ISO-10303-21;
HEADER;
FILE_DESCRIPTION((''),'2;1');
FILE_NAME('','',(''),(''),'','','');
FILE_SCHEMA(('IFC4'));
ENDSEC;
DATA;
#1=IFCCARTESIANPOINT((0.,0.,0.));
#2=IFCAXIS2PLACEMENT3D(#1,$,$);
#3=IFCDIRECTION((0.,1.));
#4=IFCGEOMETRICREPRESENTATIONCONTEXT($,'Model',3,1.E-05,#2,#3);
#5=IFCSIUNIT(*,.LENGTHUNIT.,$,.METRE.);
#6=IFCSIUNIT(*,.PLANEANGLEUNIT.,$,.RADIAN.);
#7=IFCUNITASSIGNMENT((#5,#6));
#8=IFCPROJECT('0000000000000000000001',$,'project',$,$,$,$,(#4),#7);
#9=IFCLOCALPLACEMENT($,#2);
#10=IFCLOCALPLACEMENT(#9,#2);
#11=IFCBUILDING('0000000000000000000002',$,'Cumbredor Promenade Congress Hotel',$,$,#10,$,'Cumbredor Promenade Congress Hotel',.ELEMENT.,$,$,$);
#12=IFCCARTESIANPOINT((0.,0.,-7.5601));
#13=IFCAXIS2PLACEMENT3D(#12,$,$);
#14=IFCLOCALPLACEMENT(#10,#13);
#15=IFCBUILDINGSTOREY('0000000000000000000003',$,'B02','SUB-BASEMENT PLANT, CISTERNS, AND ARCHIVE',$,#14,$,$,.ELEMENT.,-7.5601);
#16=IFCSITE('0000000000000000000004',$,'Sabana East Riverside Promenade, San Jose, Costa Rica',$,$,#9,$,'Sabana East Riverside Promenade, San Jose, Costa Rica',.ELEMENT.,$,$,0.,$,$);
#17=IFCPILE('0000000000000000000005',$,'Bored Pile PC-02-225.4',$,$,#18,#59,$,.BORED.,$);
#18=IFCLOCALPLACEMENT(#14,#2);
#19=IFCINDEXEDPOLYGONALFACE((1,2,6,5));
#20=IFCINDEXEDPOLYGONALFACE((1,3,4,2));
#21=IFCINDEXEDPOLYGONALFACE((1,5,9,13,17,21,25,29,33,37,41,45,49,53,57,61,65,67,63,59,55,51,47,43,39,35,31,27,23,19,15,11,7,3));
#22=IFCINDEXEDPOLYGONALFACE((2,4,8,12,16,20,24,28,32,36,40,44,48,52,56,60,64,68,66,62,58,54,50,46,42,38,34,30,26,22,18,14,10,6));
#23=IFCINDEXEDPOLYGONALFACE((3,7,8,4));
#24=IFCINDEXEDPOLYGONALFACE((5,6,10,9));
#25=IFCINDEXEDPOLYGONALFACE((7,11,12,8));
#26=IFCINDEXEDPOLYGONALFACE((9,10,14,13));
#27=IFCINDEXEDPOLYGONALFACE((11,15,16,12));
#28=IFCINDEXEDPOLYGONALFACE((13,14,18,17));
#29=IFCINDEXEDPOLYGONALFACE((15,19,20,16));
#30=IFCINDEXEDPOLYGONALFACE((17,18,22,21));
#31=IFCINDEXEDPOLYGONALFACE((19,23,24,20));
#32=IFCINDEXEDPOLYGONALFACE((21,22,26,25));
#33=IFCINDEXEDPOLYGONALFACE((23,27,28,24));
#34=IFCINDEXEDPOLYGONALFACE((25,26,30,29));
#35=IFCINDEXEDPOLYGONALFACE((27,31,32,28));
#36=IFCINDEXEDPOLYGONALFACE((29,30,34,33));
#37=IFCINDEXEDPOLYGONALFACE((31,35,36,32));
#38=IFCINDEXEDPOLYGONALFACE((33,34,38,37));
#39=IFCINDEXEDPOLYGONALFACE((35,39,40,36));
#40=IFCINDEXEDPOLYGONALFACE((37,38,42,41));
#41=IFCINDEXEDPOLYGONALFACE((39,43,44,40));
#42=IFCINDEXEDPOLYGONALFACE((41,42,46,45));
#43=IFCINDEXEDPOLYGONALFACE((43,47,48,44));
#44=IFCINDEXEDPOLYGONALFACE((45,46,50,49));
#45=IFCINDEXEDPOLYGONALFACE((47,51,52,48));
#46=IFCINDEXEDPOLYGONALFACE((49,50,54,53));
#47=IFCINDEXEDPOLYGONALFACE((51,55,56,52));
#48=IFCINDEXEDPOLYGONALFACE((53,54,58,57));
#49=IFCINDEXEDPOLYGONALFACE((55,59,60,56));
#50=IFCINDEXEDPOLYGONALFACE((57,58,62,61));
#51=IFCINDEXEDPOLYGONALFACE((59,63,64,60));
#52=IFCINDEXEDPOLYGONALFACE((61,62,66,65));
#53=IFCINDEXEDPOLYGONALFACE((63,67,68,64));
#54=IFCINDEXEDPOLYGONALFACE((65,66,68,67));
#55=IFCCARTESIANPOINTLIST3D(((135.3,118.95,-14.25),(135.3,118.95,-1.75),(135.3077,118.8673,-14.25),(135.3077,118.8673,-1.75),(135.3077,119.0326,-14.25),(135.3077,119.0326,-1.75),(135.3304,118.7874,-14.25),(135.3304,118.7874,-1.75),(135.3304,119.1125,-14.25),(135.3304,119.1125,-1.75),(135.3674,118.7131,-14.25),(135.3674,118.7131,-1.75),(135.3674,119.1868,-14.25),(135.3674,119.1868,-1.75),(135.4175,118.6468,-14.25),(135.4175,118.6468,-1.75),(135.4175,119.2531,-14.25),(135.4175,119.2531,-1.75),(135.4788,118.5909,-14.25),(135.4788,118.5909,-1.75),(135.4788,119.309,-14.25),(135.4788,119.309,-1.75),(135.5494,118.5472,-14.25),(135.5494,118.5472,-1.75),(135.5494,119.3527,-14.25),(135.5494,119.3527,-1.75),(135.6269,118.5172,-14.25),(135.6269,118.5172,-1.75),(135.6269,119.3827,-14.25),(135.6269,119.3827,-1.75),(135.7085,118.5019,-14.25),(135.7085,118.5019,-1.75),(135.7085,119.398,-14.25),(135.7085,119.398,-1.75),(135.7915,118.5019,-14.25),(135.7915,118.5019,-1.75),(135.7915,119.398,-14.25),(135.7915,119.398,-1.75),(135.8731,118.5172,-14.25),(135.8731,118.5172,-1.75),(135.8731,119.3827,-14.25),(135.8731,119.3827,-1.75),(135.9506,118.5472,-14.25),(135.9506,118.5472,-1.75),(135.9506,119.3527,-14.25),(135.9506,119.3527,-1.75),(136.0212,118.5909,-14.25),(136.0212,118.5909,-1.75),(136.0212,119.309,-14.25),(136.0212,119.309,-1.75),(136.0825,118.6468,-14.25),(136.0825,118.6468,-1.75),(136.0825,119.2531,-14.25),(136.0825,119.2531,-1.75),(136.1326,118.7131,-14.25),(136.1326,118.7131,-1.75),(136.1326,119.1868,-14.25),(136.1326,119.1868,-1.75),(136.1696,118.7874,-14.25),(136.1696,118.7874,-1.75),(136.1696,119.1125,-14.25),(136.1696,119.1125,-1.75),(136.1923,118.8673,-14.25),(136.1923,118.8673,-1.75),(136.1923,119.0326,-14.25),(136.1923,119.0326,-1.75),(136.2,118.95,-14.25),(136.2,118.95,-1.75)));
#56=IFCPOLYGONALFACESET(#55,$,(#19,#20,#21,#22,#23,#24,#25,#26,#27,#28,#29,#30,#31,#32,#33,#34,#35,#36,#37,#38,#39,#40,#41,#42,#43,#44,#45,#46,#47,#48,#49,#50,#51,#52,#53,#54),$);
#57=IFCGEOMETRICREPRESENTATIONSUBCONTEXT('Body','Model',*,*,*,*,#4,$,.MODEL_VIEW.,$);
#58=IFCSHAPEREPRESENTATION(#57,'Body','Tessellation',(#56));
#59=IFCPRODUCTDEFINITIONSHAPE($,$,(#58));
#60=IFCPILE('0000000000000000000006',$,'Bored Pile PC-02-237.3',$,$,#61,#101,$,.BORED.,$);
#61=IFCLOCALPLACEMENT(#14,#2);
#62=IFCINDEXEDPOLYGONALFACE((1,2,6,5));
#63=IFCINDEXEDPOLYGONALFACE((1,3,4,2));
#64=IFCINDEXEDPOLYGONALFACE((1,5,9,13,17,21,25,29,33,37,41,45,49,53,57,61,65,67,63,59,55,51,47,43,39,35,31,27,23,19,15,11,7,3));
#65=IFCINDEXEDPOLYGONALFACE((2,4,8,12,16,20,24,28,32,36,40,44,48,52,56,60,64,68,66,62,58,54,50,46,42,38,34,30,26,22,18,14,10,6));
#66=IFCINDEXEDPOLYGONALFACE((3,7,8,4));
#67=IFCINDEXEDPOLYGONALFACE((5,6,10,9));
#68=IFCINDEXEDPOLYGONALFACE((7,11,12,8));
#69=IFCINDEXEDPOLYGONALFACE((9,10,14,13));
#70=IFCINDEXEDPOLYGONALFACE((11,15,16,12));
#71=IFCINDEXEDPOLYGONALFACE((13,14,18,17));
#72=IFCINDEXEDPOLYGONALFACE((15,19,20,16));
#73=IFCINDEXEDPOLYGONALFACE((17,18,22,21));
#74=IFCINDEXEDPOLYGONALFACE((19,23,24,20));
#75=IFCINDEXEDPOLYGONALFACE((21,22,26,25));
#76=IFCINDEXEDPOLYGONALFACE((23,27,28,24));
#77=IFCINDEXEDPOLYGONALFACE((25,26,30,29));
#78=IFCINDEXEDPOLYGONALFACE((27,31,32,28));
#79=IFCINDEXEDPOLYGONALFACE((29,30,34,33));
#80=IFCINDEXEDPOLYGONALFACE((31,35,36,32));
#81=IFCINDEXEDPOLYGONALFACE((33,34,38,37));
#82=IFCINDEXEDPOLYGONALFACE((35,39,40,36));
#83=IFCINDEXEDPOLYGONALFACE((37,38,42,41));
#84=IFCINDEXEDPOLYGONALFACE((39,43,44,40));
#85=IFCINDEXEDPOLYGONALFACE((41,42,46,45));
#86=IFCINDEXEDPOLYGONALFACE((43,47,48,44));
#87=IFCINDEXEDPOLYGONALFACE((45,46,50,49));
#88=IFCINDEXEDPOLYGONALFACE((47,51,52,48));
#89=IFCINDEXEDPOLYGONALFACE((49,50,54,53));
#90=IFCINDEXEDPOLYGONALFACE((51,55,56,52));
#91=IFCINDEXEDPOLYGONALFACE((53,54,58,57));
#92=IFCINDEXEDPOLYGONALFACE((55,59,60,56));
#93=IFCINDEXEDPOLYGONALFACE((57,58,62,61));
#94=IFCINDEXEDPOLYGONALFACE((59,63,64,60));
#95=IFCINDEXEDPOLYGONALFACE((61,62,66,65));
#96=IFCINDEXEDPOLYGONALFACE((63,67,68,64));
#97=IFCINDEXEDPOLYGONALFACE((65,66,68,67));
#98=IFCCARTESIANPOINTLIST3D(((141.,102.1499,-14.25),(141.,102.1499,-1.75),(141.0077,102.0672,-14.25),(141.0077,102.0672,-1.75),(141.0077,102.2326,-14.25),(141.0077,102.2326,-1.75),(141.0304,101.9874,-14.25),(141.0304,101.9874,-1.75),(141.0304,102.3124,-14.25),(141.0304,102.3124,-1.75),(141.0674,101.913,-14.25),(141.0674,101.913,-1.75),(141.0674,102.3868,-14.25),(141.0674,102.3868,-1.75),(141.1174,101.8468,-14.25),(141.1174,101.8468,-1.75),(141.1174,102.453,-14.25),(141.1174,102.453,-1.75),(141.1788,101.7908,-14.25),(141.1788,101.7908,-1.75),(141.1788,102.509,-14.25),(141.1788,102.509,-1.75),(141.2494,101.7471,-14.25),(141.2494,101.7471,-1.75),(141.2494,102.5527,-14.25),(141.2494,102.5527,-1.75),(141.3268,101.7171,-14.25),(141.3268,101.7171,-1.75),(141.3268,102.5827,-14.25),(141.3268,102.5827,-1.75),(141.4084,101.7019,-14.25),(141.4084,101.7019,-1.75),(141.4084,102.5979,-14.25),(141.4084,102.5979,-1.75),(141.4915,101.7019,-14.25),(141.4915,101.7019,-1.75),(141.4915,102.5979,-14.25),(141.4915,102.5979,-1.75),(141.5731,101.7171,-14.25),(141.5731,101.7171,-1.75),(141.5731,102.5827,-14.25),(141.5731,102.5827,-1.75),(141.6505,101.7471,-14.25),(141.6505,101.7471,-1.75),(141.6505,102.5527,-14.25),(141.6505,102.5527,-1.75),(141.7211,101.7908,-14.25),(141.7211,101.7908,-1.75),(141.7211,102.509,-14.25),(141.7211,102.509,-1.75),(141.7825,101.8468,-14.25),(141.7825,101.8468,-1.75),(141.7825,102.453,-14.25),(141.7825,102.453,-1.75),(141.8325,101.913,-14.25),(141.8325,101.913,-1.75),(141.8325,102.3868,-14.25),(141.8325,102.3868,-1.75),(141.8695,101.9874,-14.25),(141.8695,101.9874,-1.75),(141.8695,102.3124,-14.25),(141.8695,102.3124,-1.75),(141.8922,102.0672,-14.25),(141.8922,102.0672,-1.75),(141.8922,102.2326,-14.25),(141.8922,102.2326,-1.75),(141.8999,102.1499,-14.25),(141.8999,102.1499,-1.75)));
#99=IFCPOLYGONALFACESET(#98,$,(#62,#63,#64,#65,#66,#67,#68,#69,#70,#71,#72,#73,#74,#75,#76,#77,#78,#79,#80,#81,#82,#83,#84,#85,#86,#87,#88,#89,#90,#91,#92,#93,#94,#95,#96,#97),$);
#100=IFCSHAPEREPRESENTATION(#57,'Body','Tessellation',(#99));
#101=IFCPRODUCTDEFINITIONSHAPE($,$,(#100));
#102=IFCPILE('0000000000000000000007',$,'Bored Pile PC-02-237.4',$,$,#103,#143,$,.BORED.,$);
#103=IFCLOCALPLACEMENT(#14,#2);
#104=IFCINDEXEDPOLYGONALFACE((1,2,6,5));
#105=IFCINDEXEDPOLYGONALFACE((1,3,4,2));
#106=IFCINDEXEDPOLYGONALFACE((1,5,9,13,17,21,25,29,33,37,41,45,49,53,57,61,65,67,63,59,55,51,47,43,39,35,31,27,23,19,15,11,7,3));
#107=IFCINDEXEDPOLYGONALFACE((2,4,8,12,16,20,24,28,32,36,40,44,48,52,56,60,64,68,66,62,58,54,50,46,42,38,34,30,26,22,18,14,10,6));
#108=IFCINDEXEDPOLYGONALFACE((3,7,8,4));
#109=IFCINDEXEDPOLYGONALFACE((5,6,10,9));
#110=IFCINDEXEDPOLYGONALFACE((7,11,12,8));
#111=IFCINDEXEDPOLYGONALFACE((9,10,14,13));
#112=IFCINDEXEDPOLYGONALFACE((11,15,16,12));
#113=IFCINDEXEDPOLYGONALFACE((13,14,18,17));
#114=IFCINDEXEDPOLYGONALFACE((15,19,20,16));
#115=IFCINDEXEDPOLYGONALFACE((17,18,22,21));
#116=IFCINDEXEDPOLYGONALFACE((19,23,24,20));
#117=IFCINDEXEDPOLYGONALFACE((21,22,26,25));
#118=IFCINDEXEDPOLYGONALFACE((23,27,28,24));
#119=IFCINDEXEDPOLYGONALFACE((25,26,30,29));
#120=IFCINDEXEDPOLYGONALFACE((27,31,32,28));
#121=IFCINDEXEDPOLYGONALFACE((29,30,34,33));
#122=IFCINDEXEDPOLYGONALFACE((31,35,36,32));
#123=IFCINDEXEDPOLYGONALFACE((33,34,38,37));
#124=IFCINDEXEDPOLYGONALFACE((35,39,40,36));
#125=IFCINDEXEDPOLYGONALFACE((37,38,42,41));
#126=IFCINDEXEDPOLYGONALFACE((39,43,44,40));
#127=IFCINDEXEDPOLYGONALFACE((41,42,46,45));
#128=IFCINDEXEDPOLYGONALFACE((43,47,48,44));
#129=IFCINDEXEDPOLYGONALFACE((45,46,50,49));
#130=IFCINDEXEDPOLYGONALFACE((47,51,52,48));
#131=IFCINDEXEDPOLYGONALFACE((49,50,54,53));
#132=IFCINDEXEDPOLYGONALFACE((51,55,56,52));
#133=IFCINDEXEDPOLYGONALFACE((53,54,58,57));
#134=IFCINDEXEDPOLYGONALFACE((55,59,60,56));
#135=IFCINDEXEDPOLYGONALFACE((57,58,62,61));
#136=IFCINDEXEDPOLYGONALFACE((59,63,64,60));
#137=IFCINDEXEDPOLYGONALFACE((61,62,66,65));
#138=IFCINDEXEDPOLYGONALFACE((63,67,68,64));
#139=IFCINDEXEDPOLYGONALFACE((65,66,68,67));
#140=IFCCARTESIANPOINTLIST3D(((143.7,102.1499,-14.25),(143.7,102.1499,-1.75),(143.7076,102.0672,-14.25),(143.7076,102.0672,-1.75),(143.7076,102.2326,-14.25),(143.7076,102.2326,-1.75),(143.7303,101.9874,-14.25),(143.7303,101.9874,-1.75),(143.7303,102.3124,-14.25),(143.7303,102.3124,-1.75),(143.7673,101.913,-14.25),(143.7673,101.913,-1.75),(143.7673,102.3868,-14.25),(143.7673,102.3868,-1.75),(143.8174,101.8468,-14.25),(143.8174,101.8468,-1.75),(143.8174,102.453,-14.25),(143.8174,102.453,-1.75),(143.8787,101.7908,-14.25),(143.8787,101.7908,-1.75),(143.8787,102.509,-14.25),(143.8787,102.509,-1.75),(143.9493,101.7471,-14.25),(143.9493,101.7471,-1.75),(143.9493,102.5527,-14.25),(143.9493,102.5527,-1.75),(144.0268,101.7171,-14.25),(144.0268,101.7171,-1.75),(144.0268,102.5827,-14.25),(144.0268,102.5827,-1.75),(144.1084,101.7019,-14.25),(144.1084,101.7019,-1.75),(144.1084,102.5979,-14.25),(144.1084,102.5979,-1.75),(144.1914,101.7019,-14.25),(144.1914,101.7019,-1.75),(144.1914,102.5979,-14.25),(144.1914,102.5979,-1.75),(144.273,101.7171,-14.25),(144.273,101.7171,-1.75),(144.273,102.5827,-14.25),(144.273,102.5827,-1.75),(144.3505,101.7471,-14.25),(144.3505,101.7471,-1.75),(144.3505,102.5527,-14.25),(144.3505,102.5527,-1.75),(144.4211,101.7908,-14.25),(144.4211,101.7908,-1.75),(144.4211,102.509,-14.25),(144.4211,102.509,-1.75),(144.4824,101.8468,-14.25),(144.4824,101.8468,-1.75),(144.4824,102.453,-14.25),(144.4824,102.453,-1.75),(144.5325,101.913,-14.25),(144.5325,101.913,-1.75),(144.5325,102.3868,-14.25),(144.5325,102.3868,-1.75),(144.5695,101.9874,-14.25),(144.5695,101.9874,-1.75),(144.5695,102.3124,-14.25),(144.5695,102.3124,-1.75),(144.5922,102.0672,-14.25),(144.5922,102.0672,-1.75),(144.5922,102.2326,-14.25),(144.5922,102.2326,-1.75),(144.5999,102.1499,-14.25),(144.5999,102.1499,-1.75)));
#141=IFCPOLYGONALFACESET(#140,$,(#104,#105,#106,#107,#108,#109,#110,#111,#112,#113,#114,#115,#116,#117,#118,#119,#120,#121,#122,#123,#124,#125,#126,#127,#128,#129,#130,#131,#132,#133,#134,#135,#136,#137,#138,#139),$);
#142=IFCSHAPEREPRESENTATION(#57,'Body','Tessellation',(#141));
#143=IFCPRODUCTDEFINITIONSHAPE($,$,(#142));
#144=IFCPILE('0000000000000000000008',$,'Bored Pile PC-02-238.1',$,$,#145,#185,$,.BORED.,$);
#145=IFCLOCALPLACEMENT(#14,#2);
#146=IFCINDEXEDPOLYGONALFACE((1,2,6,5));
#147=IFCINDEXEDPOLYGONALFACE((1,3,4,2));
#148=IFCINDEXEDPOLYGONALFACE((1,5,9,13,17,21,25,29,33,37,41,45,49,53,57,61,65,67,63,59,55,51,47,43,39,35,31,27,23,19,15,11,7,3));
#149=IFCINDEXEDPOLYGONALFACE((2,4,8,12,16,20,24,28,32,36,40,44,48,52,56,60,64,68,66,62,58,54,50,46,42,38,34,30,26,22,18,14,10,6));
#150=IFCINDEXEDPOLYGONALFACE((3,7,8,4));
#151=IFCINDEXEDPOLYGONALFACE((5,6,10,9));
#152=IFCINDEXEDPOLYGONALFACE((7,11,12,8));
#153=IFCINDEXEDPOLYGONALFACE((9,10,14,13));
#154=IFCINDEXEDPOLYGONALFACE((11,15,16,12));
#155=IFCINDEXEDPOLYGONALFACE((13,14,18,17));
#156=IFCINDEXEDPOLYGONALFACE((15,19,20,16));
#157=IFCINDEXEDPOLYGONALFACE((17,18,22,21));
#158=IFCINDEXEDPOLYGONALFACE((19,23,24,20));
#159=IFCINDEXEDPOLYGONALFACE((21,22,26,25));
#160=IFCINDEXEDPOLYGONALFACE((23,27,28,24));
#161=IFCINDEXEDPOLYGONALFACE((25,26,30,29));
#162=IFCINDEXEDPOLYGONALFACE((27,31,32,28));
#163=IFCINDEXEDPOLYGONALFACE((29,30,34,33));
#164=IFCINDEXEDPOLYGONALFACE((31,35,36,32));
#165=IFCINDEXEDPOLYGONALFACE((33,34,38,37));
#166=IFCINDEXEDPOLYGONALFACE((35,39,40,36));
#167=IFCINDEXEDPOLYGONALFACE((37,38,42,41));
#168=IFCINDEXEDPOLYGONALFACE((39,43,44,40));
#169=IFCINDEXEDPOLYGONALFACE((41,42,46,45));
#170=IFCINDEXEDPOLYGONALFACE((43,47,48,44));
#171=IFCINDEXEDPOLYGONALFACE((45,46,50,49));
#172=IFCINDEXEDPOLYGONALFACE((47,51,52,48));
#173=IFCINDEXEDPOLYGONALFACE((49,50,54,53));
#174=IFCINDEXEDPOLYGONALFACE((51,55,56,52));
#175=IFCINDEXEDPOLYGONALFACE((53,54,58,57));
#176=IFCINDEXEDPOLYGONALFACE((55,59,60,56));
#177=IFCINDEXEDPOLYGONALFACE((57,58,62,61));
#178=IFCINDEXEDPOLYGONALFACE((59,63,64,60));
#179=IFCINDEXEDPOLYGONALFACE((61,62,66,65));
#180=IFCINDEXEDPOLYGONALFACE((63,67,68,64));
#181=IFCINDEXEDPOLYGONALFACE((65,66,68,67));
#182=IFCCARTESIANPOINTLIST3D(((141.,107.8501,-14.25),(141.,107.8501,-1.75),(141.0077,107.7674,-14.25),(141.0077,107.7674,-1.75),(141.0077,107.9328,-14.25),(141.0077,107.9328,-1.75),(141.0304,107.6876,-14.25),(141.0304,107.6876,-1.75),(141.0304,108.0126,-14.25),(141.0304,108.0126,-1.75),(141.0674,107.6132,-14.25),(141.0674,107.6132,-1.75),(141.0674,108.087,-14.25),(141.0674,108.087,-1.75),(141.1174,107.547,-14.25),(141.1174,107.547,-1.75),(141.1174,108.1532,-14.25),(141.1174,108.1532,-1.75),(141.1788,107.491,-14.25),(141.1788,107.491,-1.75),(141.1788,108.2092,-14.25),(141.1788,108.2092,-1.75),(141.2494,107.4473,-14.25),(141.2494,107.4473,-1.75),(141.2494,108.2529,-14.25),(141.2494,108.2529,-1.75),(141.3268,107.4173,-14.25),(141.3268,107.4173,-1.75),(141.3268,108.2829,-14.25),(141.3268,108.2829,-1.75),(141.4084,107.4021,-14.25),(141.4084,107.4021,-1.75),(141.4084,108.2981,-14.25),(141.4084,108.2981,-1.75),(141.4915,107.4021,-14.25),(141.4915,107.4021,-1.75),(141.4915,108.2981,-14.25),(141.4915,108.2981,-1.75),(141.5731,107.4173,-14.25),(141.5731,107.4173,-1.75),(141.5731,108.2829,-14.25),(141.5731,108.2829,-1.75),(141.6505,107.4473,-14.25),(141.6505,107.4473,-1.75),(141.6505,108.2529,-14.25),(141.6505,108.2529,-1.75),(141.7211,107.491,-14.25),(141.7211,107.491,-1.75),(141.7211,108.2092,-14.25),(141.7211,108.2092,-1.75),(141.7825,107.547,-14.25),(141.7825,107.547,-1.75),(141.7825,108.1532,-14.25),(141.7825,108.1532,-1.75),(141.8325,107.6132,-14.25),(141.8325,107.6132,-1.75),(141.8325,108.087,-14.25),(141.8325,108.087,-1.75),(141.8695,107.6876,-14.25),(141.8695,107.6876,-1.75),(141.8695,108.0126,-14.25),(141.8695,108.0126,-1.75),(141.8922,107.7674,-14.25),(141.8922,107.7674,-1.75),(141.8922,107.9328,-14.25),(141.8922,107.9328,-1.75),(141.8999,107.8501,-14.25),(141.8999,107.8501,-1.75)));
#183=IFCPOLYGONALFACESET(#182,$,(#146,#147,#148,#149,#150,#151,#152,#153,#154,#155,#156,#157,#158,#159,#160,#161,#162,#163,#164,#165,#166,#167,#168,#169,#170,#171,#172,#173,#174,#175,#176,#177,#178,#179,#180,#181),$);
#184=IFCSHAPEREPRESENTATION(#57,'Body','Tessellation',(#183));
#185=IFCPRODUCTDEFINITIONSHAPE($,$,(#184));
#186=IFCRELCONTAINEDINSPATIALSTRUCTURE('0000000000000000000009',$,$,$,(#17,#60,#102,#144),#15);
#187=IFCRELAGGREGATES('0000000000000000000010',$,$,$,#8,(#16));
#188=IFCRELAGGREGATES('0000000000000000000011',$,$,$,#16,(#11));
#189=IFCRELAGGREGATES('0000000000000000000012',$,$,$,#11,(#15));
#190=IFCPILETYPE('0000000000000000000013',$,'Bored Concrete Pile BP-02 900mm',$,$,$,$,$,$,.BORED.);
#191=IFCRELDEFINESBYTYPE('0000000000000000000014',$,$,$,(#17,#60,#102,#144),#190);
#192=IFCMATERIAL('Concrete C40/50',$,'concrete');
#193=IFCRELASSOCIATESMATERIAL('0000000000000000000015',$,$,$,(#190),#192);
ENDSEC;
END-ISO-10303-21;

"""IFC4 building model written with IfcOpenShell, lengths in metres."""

from ifc_helpers import new_model, si_unit, direction, frame, origin, origin_2d, place, context, subcontext, project, spatial, circle, extrude, material, material_profile, profile_set, type_object, element, save


model = new_model("IFC4")

# Units and contexts
model_context = context("Model", 3, precision=1e-05, world=origin(), true_north=direction((0.0, 1.0)))
body_context = subcontext(model_context, "Body", "Model", "MODEL_VIEW")
ifc_project = project(units=[si_unit("LENGTHUNIT", "METRE"), si_unit("PLANEANGLEUNIT", "RADIAN")], contexts=[model_context])

# Site, building, storey
site_placement = place(None, origin())
site = spatial("IfcSite", under=ifc_project, at=site_placement, Name="Sabana East Riverside Promenade, San Jose, Costa Rica", LongName="Sabana East Riverside Promenade, San Jose, Costa Rica", CompositionType="ELEMENT", RefElevation=0.0)
building_placement = place(site_placement, origin())
building = spatial("IfcBuilding", under=site, at=building_placement, Name="Cumbredor Promenade Congress Hotel", LongName="Cumbredor Promenade Congress Hotel", CompositionType="ELEMENT")
storey_placement = place(building_placement, frame((0.0, 0.0, -7.5601)))
storey = spatial("IfcBuildingStorey", under=building, at=storey_placement, Name="B02", Description="SUB-BASEMENT PLANT, CISTERNS, AND ARCHIVE", CompositionType="ELEMENT", Elevation=-7.5601)

# Piles
ifc_material_1 = material(Name="Concrete C40/50", Category="concrete")
ifc_material_profile_1 = material_profile(ifc_material_1, circle(Radius=0.45, at=origin_2d()), Name="PILE D900")
ifc_profile_set_1 = profile_set([ifc_material_profile_1], Name="Concrete C40/50")
pile_type = type_object("IfcPileType", Name="Bored Concrete Pile BP-02 900mm", PredefinedType="BORED", material=ifc_profile_set_1)
for number, where, z_axis, x_axis, name in (
    (1, (135.75, 118.95, -1.75), (0.0, 0.0, -1.0), (1.0, 0.0, 0.0), "Bored Pile PC-02-225.4"),
    (2, (141.45, 102.1499, -1.75), (0.0, 0.0, -1.0), (1.0, 0.0, 0.0), "Bored Pile PC-02-237.3"),
    (3, (144.1499, 102.1499, -1.75), (0.0, 0.0, -1.0), (1.0, 0.0, 0.0), "Bored Pile PC-02-237.4"),
    (4, (141.45, 107.8501, -1.75), (0.0, 0.0, -1.0), (1.0, 0.0, 0.0), "Bored Pile PC-02-238.1"),
):
    element("IfcPile", number, at=place(storey_placement, frame(where, z_axis=z_axis, x_axis=x_axis)), inside=storey, type_object=pile_type, Name=name, PredefinedType="BORED", context=body_context, shape_type="SweptSolid", body=[
        extrude(circle(Radius=0.45, at=origin_2d()), origin(), (0.0, 0.0, 1.0), 12.5),
    ])

save(model, "model.ifc")
